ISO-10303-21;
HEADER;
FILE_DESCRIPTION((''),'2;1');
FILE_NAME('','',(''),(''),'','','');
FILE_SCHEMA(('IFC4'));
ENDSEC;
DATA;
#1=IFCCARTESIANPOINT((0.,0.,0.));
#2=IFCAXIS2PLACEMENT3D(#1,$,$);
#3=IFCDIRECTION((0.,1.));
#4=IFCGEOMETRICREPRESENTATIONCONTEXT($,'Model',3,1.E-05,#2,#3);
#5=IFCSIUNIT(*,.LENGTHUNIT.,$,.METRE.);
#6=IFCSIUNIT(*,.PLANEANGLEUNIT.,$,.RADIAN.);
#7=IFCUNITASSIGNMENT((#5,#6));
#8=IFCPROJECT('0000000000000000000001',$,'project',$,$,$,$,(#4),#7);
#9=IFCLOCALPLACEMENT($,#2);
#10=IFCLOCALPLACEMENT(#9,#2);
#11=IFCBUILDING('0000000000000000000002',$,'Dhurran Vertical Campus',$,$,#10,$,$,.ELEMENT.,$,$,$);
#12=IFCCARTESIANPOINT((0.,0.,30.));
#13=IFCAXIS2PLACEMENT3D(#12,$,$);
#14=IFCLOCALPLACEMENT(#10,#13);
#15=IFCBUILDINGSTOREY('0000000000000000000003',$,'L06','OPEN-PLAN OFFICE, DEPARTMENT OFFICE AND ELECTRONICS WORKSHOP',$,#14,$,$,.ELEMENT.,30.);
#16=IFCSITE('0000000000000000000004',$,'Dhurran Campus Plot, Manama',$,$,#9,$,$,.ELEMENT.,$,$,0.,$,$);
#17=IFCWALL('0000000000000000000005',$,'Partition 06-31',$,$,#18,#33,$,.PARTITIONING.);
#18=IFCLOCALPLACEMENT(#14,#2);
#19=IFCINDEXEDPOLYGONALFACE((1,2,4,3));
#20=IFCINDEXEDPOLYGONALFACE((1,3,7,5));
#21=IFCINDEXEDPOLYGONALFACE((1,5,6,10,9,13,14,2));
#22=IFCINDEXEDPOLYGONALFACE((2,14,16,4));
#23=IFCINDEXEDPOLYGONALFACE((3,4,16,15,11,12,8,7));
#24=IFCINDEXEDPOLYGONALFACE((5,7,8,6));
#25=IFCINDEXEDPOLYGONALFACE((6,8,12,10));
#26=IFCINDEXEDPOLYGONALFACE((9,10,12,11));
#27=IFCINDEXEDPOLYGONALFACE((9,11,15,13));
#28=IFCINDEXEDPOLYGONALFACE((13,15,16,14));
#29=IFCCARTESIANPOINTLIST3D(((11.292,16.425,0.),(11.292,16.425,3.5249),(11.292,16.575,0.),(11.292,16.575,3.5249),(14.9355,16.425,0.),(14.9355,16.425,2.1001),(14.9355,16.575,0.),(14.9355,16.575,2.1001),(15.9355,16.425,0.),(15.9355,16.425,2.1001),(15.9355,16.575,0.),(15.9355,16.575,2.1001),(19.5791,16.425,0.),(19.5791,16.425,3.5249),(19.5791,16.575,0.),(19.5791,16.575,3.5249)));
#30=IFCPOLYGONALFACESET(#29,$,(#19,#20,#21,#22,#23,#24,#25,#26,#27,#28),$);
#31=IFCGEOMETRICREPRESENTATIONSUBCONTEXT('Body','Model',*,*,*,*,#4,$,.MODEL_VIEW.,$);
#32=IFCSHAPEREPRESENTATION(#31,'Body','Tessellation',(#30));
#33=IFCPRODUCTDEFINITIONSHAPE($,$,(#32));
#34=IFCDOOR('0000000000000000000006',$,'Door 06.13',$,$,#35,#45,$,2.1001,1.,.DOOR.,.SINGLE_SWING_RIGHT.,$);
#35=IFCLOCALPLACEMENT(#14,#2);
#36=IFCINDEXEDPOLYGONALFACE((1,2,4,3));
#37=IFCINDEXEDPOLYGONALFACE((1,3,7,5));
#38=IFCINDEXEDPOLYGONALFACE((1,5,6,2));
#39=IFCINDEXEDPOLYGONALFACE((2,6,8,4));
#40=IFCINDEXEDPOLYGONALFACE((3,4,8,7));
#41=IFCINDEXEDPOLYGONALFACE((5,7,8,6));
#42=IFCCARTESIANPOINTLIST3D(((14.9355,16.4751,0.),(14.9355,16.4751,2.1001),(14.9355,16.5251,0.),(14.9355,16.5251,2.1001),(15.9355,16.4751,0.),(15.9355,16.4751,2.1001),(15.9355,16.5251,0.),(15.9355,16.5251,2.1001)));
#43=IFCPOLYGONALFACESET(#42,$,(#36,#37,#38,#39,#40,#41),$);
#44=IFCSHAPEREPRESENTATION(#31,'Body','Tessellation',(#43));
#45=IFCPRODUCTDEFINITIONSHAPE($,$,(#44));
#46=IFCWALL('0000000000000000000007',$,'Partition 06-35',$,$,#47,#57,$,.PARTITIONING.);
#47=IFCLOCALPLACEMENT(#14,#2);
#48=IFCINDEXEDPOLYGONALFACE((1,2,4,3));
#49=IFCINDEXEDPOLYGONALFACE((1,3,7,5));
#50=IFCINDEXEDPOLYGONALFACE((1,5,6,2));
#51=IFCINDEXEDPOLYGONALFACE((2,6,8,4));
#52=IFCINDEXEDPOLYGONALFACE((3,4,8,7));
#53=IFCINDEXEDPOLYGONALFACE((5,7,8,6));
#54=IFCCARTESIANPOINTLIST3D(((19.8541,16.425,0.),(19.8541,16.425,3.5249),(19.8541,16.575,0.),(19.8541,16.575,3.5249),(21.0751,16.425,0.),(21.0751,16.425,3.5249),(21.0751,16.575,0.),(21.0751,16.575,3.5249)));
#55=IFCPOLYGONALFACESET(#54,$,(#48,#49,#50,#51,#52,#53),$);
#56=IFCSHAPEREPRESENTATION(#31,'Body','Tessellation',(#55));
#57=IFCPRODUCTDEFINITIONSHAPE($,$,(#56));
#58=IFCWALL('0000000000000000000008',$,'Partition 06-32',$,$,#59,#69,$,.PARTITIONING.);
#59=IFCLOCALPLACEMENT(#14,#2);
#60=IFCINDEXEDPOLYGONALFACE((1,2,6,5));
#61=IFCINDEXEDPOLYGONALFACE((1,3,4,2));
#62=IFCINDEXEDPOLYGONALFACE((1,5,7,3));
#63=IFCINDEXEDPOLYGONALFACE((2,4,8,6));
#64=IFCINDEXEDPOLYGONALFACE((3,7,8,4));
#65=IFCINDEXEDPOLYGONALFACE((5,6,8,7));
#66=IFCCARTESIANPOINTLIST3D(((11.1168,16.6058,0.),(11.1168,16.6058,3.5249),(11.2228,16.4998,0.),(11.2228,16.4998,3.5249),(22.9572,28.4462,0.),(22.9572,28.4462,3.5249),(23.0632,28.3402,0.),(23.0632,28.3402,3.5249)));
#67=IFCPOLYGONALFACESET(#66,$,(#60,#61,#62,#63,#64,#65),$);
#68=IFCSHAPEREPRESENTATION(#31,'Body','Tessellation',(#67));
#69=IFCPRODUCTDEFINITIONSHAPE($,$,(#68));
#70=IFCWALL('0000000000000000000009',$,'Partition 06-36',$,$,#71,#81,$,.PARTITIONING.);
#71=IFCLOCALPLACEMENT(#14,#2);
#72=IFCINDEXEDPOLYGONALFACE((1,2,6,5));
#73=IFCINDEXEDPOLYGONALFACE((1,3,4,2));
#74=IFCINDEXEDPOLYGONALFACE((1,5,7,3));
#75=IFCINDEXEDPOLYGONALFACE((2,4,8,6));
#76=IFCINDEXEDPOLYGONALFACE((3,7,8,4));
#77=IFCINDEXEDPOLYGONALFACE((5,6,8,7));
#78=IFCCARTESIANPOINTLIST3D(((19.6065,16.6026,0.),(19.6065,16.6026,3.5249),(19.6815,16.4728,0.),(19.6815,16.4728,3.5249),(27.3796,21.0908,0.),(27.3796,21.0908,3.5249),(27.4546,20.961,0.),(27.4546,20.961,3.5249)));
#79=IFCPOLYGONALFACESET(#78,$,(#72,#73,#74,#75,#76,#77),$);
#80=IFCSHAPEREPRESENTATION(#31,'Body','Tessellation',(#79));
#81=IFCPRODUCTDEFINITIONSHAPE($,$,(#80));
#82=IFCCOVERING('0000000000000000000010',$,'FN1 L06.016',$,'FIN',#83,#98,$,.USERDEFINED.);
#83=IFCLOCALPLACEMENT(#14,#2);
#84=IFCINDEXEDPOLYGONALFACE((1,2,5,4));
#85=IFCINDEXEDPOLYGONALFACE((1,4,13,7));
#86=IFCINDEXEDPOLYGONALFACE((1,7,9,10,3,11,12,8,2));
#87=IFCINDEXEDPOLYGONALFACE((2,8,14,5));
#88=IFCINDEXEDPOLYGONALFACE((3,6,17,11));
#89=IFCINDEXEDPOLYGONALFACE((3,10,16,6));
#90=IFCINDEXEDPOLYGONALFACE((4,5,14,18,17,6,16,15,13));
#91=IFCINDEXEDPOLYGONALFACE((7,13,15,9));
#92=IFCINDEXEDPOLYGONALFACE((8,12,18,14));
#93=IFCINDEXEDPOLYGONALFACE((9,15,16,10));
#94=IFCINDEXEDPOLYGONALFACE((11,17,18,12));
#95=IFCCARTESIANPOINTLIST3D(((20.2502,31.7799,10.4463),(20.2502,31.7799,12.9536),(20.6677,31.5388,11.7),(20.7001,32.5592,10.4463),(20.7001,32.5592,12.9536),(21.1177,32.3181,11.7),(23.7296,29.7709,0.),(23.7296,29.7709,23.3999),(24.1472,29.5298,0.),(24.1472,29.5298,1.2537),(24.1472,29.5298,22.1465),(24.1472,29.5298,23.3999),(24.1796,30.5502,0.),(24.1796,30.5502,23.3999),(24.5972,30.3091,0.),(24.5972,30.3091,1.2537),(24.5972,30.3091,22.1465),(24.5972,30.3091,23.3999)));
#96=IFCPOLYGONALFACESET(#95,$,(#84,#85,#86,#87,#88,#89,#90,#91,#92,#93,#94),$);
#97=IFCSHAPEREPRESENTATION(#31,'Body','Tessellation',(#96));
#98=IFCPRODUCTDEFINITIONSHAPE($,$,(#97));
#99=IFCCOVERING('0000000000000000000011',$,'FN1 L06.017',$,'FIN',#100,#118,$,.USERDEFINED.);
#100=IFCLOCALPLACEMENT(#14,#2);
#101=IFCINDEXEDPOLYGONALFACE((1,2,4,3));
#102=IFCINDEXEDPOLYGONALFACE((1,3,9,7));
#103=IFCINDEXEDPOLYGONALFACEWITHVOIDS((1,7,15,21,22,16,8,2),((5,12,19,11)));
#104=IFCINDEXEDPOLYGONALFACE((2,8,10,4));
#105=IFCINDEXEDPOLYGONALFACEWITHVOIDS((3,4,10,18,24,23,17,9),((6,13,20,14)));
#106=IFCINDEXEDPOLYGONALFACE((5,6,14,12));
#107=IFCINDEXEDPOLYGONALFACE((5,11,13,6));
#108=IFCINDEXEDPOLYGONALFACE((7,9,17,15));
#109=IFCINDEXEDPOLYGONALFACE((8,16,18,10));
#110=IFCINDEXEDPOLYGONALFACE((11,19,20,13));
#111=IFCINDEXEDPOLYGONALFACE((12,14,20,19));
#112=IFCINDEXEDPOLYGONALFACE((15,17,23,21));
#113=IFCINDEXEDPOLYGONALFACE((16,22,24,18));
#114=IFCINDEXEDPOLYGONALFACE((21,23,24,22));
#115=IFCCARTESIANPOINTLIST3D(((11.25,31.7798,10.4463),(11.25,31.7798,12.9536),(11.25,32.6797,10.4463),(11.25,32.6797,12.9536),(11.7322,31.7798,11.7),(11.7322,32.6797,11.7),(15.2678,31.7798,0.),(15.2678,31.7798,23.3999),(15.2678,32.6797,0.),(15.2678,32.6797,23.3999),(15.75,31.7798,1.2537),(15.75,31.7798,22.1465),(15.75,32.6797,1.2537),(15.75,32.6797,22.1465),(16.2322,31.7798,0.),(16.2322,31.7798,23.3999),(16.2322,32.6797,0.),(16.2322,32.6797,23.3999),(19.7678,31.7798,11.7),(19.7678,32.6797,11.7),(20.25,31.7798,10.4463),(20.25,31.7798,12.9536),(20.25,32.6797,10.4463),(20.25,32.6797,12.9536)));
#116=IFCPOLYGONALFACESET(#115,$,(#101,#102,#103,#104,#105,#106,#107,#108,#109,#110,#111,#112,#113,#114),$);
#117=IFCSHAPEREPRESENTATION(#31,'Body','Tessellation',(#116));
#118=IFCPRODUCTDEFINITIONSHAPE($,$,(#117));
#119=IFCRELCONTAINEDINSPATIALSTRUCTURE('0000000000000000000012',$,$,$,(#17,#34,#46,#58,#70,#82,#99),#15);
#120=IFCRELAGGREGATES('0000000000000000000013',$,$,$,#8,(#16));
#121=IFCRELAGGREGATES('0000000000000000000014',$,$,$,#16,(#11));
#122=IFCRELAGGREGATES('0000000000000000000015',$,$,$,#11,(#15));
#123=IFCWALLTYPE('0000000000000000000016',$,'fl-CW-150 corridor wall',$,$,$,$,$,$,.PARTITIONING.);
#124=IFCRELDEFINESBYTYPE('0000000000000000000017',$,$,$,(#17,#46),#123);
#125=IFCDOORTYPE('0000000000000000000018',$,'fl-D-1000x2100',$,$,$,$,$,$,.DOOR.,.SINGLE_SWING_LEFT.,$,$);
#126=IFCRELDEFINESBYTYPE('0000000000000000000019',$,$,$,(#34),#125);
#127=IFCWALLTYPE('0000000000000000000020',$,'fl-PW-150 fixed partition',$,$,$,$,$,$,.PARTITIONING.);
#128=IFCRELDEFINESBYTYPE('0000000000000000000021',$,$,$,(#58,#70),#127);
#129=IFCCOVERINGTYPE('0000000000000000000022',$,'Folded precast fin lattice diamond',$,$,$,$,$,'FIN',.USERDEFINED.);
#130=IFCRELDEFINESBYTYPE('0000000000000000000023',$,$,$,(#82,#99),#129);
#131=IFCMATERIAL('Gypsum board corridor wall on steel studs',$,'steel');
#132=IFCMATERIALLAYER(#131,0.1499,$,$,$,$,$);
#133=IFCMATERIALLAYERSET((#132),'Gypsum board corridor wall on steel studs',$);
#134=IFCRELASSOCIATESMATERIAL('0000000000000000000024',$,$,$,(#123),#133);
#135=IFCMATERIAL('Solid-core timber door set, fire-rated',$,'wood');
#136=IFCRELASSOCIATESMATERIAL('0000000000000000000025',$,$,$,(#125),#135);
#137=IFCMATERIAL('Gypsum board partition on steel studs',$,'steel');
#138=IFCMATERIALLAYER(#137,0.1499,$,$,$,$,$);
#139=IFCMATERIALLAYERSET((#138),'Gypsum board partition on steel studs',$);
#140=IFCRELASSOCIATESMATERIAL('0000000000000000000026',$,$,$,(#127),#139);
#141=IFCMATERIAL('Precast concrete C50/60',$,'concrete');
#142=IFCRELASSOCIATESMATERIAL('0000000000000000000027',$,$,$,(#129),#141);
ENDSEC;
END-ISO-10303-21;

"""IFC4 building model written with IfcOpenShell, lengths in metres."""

from ifc_helpers import new_model, si_unit, direction, frame, frame_2d, origin, place, context, subcontext, project, spatial, polyline, rectangle, outline, extrude, material, layer, layer_set, type_object, element, fill, save


model = new_model("IFC4")

# Units and contexts
model_context = context("Model", 3, precision=1e-05, world=origin(), true_north=direction((0.0, 1.0)))
body_context = subcontext(model_context, "Body", "Model", "MODEL_VIEW")
ifc_project = project(units=[si_unit("LENGTHUNIT", "METRE"), si_unit("PLANEANGLEUNIT", "RADIAN")], contexts=[model_context])

# Site, building, storey
site_placement = place(None, origin())
site = spatial("IfcSite", under=ifc_project, at=site_placement, Name="Dhurran Campus Plot, Manama", CompositionType="ELEMENT", RefElevation=0.0)
building_placement = place(site_placement, origin())
building = spatial("IfcBuilding", under=site, at=building_placement, Name="Dhurran Vertical Campus", CompositionType="ELEMENT")
storey_placement = place(building_placement, frame((0.0, 0.0, 30.0)))
storey = spatial("IfcBuildingStorey", under=building, at=storey_placement, Name="L06", Description="OPEN-PLAN OFFICE, DEPARTMENT OFFICE AND ELECTRONICS WORKSHOP", CompositionType="ELEMENT", Elevation=30.0)

# Wall, opening, door
ifc_material_1 = material(Name="Gypsum board corridor wall on steel studs", Category="steel")
ifc_layer_1 = layer(ifc_material_1, 0.1499)
ifc_layer_set_1 = layer_set([ifc_layer_1], Name="Gypsum board corridor wall on steel studs")
wall_type_1 = type_object("IfcWallType", Name="fl-CW-150 corridor wall", PredefinedType="PARTITIONING", material=ifc_layer_set_1)
wall_1_placement = place(storey_placement, frame((19.5791, 16.5, 0.0), z_axis=(0.0, 0.0, 1.0), x_axis=(-1.0, 0.0, 0.0)))
wall_1 = element("IfcWall", 1, at=wall_1_placement, inside=storey, type_object=wall_type_1, Name="Partition 06-31", PredefinedType="PARTITIONING", context=body_context, shape_type="SweptSolid", body=[
    extrude(rectangle(XDim=8.2871, YDim=0.1499, at=frame_2d((4.1436, 0.0))), origin(), (0.0, 0.0, 1.0), 3.5249),
])
opening_1_placement = place(wall_1_placement, frame((3.6436, 0.0, 0.0)))
opening_1 = element("IfcOpeningElement", 2, at=opening_1_placement, cuts=wall_1, PredefinedType="OPENING", context=body_context, shape_type="SweptSolid", body=[
    extrude(rectangle(XDim=1.0, YDim=2.1001, at=frame_2d((0.5, 1.05))), frame((0.0, 0.085, 0.0), z_axis=(0.0, -1.0, 0.0), x_axis=(1.0, 0.0, 0.0)), (0.0, 0.0, 1.0), 0.1699),
])
ifc_material_2 = material(Name="Solid-core timber door set, fire-rated", Category="wood")
door_type = type_object("IfcDoorType", Name="fl-D-1000x2100", OperationType="SINGLE_SWING_LEFT", PredefinedType="DOOR", material=ifc_material_2)
door_placement = place(opening_1_placement, origin())
door = element("IfcDoor", 3, at=door_placement, inside=storey, type_object=door_type, Name="Door 06.13", OperationType="SINGLE_SWING_RIGHT", OverallHeight=2.1001, OverallWidth=1.0, PredefinedType="DOOR", context=body_context, shape_type="SweptSolid", body=[
    extrude(rectangle(XDim=1.0, YDim=2.1001, at=frame_2d((0.5, 1.05))), frame((0.0, 0.0249, 0.0), z_axis=(0.0, -1.0, 0.0), x_axis=(1.0, 0.0, 0.0)), (0.0, 0.0, 1.0), 0.05),
])
fill(opening_1, door)

# Walls
wall_2_placement = place(storey_placement, frame((21.075, 16.5, 0.0), z_axis=(0.0, 0.0, 1.0), x_axis=(-1.0, 0.0, 0.0)))
element("IfcWall", 4, at=wall_2_placement, inside=storey, type_object=wall_type_1, Name="Partition 06-35", PredefinedType="PARTITIONING", context=body_context, shape_type="SweptSolid", body=[
    extrude(rectangle(XDim=1.2209, YDim=0.1499, at=frame_2d((0.6104, 0.0))), origin(), (0.0, 0.0, 1.0), 3.5249),
])
ifc_material_3 = material(Name="Gypsum board partition on steel studs", Category="steel")
ifc_layer_2 = layer(ifc_material_3, 0.1499)
ifc_layer_set_2 = layer_set([ifc_layer_2], Name="Gypsum board partition on steel studs")
wall_type_2 = type_object("IfcWallType", Name="fl-PW-150 fixed partition", PredefinedType="PARTITIONING", material=ifc_layer_set_2)
wall_3_placement = place(storey_placement, frame((23.0103, 28.3933, 0.0), z_axis=(0.0, 0.0, 1.0), x_axis=(-0.707107, -0.707107, 0.0)))
element("IfcWall", 5, at=wall_3_placement, inside=storey, type_object=wall_type_2, Name="Partition 06-32", PredefinedType="PARTITIONING", context=body_context, shape_type="SweptSolid", body=[
    extrude(rectangle(XDim=16.7449, YDim=0.1499, at=frame_2d((8.3726, 0.0))), origin(), (0.0, 0.0, 1.0), 3.5249),
])
wall_4_placement = place(storey_placement, frame((27.417, 21.0259, 0.0), z_axis=(0.0, 0.0, 1.0), x_axis=(-0.866005, -0.500036, 0.0)))
element("IfcWall", 6, at=wall_4_placement, inside=storey, type_object=wall_type_2, Name="Partition 06-36", PredefinedType="PARTITIONING", context=body_context, shape_type="SweptSolid", body=[
    extrude(rectangle(XDim=8.9758, YDim=0.1499, at=frame_2d((4.4878, 0.0))), origin(), (0.0, 0.0, 1.0), 3.5249),
])

# Coverings
ifc_material_4 = material(Name="Precast concrete C50/60", Category="concrete")
covering_type = type_object("IfcCoveringType", Name="Folded precast fin lattice diamond", ElementType="FIN", PredefinedType="USERDEFINED", material=ifc_material_4)
covering_1_placement = place(storey_placement, frame((24.1472, 29.5298, 0.0), z_axis=(0.50002, 0.866014, 0.0), x_axis=(-0.866014, 0.50002, 0.0)))
element("IfcCovering", 7, at=covering_1_placement, inside=storey, type_object=covering_type, Name="FN1 L06.016", ObjectType="FIN", PredefinedType="USERDEFINED", context=body_context, shape_type="SweptSolid", body=[
    extrude(outline(polyline([(4.5, 10.4463), (0.4822, 0.0), (0.0, 0.0), (0.0, 1.2537), (4.0178, 11.7), (0.0, 22.1465), (0.0, 23.3999), (0.4822, 23.3999), (4.5, 12.9536), (4.5, 10.4463)])), origin(), (0.0, 0.0, 1.0), 0.8999),
])
covering_2_placement = place(storey_placement, frame((20.25, 31.7798, 0.0), z_axis=(0.0, 1.0, 0.0), x_axis=(-1.0, 0.0, 0.0)))
element("IfcCovering", 8, at=covering_2_placement, inside=storey, type_object=covering_type, Name="FN1 L06.017", ObjectType="FIN", PredefinedType="USERDEFINED", context=body_context, shape_type="SweptSolid", body=[
    extrude(outline(polyline([(9.0, 12.9536), (9.0, 10.4463), (4.9822, 0.0), (4.0178, 0.0), (0.0, 10.4463), (0.0, 12.9536), (4.0178, 23.3999), (4.9822, 23.3999), (9.0, 12.9536)]), holes=[polyline([(8.5178, 11.7), (4.5, 22.1465), (0.4822, 11.7), (4.5, 1.2537), (8.5178, 11.7)])]), origin(), (0.0, 0.0, 1.0), 0.8999),
])

save(model, "model.ifc")
